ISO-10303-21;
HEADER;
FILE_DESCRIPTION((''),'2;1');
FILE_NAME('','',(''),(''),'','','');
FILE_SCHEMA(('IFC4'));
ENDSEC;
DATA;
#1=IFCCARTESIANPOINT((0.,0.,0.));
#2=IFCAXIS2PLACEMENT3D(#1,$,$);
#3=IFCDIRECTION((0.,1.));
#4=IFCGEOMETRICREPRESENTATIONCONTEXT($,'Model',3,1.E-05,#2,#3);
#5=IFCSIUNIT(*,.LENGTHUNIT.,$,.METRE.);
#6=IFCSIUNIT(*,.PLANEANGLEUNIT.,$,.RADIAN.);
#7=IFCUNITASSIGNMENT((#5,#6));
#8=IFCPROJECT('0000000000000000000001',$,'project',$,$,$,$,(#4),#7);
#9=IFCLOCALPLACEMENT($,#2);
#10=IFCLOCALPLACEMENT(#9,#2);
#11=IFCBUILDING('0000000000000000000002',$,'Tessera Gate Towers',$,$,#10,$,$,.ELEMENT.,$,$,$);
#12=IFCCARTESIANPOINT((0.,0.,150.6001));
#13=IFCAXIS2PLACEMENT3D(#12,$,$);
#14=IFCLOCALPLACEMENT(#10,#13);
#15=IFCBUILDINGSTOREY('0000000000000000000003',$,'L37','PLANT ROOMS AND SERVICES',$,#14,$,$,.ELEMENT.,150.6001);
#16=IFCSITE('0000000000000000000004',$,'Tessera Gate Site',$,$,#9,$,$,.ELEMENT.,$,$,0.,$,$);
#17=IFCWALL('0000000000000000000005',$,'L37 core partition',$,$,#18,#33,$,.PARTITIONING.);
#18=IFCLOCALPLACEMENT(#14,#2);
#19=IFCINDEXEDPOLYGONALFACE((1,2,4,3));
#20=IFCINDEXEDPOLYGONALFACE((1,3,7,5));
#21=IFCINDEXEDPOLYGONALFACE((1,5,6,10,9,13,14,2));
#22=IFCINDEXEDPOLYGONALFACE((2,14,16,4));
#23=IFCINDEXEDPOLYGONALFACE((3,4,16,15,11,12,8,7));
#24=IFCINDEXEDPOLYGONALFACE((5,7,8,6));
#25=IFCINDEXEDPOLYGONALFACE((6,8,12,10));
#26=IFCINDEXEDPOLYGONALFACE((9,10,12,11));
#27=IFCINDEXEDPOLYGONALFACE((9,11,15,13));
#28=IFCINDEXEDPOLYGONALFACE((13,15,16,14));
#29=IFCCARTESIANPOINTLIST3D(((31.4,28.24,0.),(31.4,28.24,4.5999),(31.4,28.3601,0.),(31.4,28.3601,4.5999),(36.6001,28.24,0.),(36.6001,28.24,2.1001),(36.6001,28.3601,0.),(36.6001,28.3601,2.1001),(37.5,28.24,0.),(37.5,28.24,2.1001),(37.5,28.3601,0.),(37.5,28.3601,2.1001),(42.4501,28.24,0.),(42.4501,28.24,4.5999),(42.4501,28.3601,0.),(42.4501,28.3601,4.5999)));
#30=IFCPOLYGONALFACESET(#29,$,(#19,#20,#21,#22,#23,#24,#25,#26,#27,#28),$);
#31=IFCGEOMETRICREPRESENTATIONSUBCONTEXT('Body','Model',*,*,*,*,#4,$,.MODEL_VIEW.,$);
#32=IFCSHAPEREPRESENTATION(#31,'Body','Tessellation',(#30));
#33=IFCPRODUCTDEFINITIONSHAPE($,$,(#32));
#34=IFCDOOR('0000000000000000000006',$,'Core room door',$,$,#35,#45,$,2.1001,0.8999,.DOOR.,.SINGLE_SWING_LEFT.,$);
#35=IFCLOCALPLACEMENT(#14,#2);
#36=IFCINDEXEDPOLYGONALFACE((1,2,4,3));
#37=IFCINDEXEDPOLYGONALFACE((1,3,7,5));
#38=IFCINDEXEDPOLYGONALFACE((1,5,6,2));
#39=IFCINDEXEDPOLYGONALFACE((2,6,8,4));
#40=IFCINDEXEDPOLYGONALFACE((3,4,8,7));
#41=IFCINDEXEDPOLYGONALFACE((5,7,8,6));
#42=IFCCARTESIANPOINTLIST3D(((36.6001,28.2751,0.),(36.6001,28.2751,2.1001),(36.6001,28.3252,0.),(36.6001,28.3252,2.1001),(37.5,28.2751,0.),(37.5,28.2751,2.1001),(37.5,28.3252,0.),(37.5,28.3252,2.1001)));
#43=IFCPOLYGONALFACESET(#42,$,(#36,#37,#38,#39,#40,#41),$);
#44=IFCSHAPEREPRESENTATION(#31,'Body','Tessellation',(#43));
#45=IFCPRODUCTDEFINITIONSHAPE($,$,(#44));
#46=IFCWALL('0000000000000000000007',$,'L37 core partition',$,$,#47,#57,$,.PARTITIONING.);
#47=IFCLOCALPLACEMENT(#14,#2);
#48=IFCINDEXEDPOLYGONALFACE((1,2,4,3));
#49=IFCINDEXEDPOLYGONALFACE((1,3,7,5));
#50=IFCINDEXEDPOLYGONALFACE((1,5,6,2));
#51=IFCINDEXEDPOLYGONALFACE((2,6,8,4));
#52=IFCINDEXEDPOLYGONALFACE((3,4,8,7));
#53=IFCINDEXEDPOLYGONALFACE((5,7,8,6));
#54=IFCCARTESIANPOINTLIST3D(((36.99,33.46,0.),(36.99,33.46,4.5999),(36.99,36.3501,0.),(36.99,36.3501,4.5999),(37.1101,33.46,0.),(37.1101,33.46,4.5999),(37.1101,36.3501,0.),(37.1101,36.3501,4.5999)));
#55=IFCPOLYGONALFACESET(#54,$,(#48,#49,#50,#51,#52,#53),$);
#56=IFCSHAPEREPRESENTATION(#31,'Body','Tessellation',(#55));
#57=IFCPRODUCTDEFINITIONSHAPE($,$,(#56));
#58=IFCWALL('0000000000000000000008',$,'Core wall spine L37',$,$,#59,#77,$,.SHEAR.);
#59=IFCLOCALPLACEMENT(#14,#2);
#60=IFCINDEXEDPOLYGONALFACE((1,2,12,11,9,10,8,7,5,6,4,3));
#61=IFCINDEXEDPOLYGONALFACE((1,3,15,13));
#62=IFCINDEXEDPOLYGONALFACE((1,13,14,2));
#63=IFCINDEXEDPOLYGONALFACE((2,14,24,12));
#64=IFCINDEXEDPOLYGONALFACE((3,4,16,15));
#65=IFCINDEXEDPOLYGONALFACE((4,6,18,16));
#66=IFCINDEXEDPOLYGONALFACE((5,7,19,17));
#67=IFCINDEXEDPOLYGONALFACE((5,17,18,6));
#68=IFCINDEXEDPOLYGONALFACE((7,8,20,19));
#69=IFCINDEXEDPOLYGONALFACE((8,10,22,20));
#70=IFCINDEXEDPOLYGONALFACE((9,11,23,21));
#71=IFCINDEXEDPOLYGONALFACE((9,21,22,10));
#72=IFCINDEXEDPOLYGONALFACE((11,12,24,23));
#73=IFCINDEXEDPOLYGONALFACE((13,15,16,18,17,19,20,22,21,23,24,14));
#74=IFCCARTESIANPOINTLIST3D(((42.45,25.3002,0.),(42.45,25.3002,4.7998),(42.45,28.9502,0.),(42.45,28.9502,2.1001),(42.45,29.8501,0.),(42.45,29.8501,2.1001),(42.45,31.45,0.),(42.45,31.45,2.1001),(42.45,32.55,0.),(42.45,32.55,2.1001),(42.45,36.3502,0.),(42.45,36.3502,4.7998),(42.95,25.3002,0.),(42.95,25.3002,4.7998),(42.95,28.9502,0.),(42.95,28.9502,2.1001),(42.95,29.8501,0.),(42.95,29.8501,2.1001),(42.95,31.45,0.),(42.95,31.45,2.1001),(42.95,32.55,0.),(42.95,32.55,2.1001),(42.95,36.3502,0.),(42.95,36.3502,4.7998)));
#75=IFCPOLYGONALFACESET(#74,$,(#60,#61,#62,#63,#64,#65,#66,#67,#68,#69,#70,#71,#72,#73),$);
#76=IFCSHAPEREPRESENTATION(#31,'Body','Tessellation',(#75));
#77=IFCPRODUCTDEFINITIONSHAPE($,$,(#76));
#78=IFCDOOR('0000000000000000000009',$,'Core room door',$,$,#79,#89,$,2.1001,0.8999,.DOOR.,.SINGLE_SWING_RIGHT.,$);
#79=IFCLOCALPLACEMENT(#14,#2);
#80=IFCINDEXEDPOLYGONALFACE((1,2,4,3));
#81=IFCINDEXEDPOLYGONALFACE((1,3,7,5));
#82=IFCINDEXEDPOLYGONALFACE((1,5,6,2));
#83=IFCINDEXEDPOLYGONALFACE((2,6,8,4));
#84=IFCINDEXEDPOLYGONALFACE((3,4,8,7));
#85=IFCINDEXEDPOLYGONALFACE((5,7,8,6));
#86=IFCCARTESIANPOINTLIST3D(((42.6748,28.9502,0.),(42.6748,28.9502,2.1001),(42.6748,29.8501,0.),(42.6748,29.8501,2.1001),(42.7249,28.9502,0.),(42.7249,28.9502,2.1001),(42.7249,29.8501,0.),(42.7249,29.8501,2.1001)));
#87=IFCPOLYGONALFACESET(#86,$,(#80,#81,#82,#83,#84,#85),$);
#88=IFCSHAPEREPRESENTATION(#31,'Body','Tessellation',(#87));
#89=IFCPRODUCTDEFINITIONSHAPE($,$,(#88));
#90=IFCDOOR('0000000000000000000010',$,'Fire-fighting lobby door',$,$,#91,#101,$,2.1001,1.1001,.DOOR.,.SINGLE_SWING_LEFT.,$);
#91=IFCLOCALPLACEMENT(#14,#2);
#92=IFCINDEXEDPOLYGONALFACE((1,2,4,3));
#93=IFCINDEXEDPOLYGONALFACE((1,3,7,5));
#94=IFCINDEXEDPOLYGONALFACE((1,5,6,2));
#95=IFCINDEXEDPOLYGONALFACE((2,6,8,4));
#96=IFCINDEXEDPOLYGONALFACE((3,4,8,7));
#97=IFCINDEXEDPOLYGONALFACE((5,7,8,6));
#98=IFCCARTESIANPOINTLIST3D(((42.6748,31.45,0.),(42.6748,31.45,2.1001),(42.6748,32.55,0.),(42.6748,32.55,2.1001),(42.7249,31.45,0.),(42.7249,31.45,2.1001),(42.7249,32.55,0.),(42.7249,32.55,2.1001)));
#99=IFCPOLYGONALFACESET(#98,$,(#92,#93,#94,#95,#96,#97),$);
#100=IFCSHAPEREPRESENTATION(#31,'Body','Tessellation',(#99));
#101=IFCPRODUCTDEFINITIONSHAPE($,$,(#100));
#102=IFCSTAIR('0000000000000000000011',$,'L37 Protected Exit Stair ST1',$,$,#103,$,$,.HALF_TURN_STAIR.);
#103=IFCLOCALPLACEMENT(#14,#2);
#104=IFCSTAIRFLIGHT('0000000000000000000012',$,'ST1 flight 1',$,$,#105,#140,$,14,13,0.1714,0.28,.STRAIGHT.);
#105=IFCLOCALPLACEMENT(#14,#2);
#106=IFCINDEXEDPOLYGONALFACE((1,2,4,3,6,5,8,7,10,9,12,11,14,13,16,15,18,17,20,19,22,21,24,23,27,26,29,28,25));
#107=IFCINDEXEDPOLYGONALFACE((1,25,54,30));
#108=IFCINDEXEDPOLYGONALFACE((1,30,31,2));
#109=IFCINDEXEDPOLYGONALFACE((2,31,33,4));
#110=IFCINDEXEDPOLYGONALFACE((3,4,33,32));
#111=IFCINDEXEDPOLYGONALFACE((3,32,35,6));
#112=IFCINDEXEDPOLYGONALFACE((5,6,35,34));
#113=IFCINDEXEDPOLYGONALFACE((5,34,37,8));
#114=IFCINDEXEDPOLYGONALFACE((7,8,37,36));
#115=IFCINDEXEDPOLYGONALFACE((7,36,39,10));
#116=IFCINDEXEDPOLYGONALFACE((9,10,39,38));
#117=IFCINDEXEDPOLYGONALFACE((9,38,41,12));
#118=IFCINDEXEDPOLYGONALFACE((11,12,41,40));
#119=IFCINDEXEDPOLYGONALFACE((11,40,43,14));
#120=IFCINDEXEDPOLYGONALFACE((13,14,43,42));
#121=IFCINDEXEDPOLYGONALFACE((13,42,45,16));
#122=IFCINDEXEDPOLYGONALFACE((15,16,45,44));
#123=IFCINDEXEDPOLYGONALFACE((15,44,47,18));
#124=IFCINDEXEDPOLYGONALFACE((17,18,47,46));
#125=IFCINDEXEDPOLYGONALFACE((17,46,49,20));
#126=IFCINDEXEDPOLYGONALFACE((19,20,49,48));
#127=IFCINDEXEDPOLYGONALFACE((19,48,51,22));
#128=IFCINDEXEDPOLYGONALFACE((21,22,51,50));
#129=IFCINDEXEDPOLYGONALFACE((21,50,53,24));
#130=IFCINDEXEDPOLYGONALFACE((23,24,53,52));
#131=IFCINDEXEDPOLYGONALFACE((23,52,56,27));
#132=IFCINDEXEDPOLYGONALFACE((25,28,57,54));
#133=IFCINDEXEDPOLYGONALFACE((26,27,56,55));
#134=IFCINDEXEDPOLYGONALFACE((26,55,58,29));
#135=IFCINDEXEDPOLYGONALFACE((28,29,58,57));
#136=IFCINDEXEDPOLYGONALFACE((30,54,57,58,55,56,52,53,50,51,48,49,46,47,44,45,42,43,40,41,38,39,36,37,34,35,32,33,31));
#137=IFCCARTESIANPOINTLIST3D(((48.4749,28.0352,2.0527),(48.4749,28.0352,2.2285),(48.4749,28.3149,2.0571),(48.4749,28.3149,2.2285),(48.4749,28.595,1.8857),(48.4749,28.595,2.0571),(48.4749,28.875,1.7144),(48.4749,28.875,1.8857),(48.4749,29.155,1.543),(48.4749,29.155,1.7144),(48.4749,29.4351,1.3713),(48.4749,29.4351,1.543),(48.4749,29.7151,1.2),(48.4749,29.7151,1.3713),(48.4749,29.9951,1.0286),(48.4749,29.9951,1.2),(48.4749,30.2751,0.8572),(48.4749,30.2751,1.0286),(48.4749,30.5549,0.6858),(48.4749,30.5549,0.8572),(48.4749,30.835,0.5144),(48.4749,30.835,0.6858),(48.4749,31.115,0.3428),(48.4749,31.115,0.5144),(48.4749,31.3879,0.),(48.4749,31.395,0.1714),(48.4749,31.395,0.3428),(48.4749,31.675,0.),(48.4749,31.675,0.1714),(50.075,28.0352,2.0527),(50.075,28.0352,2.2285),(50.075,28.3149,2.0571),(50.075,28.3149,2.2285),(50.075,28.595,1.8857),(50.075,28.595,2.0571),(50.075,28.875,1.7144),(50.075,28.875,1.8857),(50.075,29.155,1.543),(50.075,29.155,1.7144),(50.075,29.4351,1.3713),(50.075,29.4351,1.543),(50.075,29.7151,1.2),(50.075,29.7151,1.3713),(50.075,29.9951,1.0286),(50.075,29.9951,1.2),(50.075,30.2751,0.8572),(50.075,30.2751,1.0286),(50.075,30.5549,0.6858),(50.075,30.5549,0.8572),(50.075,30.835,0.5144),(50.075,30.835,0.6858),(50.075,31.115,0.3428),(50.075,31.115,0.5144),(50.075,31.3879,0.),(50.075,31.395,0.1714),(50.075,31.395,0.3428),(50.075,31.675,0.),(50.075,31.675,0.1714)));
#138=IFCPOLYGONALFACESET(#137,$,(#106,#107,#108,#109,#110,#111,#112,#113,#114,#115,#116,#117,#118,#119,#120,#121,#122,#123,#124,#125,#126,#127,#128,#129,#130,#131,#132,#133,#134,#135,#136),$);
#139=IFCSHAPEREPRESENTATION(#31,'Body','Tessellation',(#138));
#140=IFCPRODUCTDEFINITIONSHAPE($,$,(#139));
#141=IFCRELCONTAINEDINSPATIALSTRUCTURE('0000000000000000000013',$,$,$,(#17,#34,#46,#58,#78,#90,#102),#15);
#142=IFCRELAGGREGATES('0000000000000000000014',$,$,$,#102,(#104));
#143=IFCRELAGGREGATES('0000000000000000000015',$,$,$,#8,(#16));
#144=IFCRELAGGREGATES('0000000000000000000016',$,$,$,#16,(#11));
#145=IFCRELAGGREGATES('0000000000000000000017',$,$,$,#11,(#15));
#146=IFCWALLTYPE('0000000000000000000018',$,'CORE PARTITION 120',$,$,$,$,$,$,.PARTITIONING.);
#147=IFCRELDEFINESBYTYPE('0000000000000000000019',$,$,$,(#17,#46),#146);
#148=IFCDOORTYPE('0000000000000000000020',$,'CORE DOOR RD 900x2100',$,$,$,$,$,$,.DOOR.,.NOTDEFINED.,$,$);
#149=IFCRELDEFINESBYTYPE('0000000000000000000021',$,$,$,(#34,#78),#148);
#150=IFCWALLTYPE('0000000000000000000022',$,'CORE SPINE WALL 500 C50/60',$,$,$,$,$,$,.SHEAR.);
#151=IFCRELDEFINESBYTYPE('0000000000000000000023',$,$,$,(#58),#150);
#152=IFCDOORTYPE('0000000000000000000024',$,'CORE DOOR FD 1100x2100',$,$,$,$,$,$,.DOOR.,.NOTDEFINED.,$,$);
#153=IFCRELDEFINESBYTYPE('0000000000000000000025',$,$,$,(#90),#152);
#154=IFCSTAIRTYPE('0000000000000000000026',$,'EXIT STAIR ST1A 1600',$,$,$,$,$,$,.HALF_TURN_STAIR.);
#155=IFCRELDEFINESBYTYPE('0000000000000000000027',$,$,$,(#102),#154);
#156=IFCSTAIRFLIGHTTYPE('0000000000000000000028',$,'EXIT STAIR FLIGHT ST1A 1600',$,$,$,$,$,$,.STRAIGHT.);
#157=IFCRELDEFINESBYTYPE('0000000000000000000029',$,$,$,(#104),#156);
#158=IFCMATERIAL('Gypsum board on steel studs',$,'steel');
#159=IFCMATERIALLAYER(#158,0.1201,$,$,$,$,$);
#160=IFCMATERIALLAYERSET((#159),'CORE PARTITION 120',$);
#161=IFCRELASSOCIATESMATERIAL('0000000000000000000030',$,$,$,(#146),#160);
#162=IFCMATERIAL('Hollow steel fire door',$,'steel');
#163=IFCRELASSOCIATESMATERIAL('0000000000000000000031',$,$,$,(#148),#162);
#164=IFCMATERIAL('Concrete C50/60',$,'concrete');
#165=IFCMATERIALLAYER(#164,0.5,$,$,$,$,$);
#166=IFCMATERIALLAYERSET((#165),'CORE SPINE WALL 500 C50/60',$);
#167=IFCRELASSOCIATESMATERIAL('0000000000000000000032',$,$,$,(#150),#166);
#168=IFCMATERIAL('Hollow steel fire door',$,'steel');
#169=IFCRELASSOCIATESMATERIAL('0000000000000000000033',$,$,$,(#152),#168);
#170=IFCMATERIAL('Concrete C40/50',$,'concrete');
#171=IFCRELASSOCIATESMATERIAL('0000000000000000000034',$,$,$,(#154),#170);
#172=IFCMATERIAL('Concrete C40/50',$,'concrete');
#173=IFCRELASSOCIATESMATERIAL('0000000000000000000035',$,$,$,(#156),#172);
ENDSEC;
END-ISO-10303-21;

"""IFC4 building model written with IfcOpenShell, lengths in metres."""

from ifc_helpers import new_model, si_unit, direction, frame, frame_2d, origin, place, context, subcontext, project, spatial, polyline, rectangle, outline, extrude, source, transform, mapped, material, layer, layer_set, type_object, element, fill, aggregate, save


model = new_model("IFC4")

# Units and contexts
model_context = context("Model", 3, precision=1e-05, world=origin(), true_north=direction((0.0, 1.0)))
body_context = subcontext(model_context, "Body", "Model", "MODEL_VIEW")
ifc_project = project(units=[si_unit("LENGTHUNIT", "METRE"), si_unit("PLANEANGLEUNIT", "RADIAN")], contexts=[model_context])

# Site, building, storey
site_placement = place(None, origin())
site = spatial("IfcSite", under=ifc_project, at=site_placement, Name="Tessera Gate Site", CompositionType="ELEMENT", RefElevation=0.0)
building_placement = place(site_placement, origin())
building = spatial("IfcBuilding", under=site, at=building_placement, Name="Tessera Gate Towers", CompositionType="ELEMENT")
storey_placement = place(building_placement, frame((0.0, 0.0, 150.6001)))
storey = spatial("IfcBuildingStorey", under=building, at=storey_placement, Name="L37", Description="PLANT ROOMS AND SERVICES", CompositionType="ELEMENT", Elevation=150.6001)

# Wall, opening, door
ifc_material_1 = material(Name="Gypsum board on steel studs", Category="steel")
ifc_layer_1 = layer(ifc_material_1, 0.1201)
ifc_layer_set_1 = layer_set([ifc_layer_1], Name="CORE PARTITION 120")
wall_type_1 = type_object("IfcWallType", Name="CORE PARTITION 120", PredefinedType="PARTITIONING", material=ifc_layer_set_1)
wall_1_placement = place(storey_placement, frame((42.45, 28.3, 0.0), z_axis=(0.0, 0.0, 1.0), x_axis=(-1.0, 0.0, 0.0)))
wall_1 = element("IfcWall", 1, at=wall_1_placement, inside=storey, type_object=wall_type_1, Name="L37 core partition", PredefinedType="PARTITIONING", context=body_context, shape_type="SweptSolid", body=[
    extrude(rectangle(XDim=11.05, YDim=0.1201, at=frame_2d((5.5249, 0.0))), origin(), (0.0, 0.0, 1.0), 4.5999),
])
shared_shape_1 = source(origin(), body_context, "Body", "SweptSolid", [
    extrude(rectangle(XDim=0.8999, YDim=2.1001, at=frame_2d((0.45, 1.05))), frame((0.0, 0.0701, 0.0), z_axis=(0.0, -1.0, 0.0), x_axis=(1.0, 0.0, 0.0)), (0.0, 0.0, 1.0), 0.1401),
])
opening_1_placement = place(wall_1_placement, frame((4.95, 0.0, 0.0)))
opening_1 = element("IfcOpeningElement", 2, at=opening_1_placement, cuts=wall_1, PredefinedType="OPENING", context=body_context, shape_type="MappedRepresentation", body=[
    mapped(shared_shape_1, transform((0.0, 0.0, 0.0), scale=1.0)),
])
ifc_material_2 = material(Name="Hollow steel fire door", Category="steel")
door_type_1 = type_object("IfcDoorType", Name="CORE DOOR RD 900x2100", OperationType="NOTDEFINED", PredefinedType="DOOR", material=ifc_material_2)
shared_shape_2 = source(origin(), body_context, "Body", "SweptSolid", [
    extrude(rectangle(XDim=0.8999, YDim=2.1001, at=frame_2d((0.45, 1.05))), frame((0.0, 0.0249, 0.0), z_axis=(0.0, -1.0, 0.0), x_axis=(1.0, 0.0, 0.0)), (0.0, 0.0, 1.0), 0.05),
])
door_1_placement = place(opening_1_placement, origin())
door_1 = element("IfcDoor", 3, at=door_1_placement, inside=storey, type_object=door_type_1, Name="Core room door", OperationType="SINGLE_SWING_LEFT", OverallHeight=2.1001, OverallWidth=0.8999, PredefinedType="DOOR", context=body_context, shape_type="MappedRepresentation", body=[
    mapped(shared_shape_2, transform((0.0, 0.0, 0.0), scale=1.0)),
])
fill(opening_1, door_1)

# Wall
wall_2_placement = place(storey_placement, frame((37.05, 33.46, 0.0), z_axis=(0.0, 0.0, 1.0), x_axis=(0.0, 1.0, 0.0)))
element("IfcWall", 4, at=wall_2_placement, inside=storey, type_object=wall_type_1, Name="L37 core partition", PredefinedType="PARTITIONING", context=body_context, shape_type="SweptSolid", body=[
    extrude(rectangle(XDim=2.8901, YDim=0.1201, at=frame_2d((1.4451, 0.0))), origin(), (0.0, 0.0, 1.0), 4.5999),
])

# Wall, openings, doors
ifc_material_3 = material(Name="Concrete C50/60", Category="concrete")
ifc_layer_2 = layer(ifc_material_3, 0.5)
ifc_layer_set_2 = layer_set([ifc_layer_2], Name="CORE SPINE WALL 500 C50/60")
wall_type_2 = type_object("IfcWallType", Name="CORE SPINE WALL 500 C50/60", PredefinedType="SHEAR", material=ifc_layer_set_2)
wall_3_placement = place(storey_placement, frame((42.7, 36.3501, 0.0), z_axis=(0.0, 0.0, 1.0), x_axis=(0.0, -1.0, 0.0)))
wall_3 = element("IfcWall", 5, at=wall_3_placement, inside=storey, type_object=wall_type_2, Name="Core wall spine L37", PredefinedType="SHEAR", context=body_context, shape_type="SweptSolid", body=[
    extrude(rectangle(XDim=11.05, YDim=0.5, at=frame_2d((5.5249, 0.0))), origin(), (0.0, 0.0, 1.0), 4.7998),
])
shared_shape_3 = source(origin(), body_context, "Body", "SweptSolid", [
    extrude(rectangle(XDim=0.8999, YDim=2.1001, at=frame_2d((0.45, 1.05))), frame((0.0, 0.26, 0.0), z_axis=(0.0, -1.0, 0.0), x_axis=(1.0, 0.0, 0.0)), (0.0, 0.0, 1.0), 0.52),
])
opening_2_placement = place(wall_3_placement, frame((6.5, 0.0, 0.0)))
opening_2 = element("IfcOpeningElement", 6, at=opening_2_placement, cuts=wall_3, PredefinedType="OPENING", context=body_context, shape_type="MappedRepresentation", body=[
    mapped(shared_shape_3, transform((0.0, 0.0, 0.0), scale=1.0)),
])
shared_shape_4 = source(origin(), body_context, "Body", "SweptSolid", [
    extrude(rectangle(XDim=1.1001, YDim=2.1001, at=frame_2d((0.55, 1.05))), frame((0.0, 0.26, 0.0), z_axis=(0.0, -1.0, 0.0), x_axis=(1.0, 0.0, 0.0)), (0.0, 0.0, 1.0), 0.52),
])
opening_3_placement = place(wall_3_placement, frame((3.8, 0.0, 0.0)))
opening_3 = element("IfcOpeningElement", 7, at=opening_3_placement, cuts=wall_3, PredefinedType="OPENING", context=body_context, shape_type="MappedRepresentation", body=[
    mapped(shared_shape_4, transform((0.0, 0.0, 0.0), scale=1.0)),
])
door_2_placement = place(opening_2_placement, origin())
door_2 = element("IfcDoor", 8, at=door_2_placement, inside=storey, type_object=door_type_1, Name="Core room door", OperationType="SINGLE_SWING_RIGHT", OverallHeight=2.1001, OverallWidth=0.8999, PredefinedType="DOOR", context=body_context, shape_type="MappedRepresentation", body=[
    mapped(shared_shape_2, transform((0.0, 0.0, 0.0), scale=1.0)),
])
fill(opening_2, door_2)
ifc_material_4 = material(Name="Hollow steel fire door", Category="steel")
door_type_2 = type_object("IfcDoorType", Name="CORE DOOR FD 1100x2100", OperationType="NOTDEFINED", PredefinedType="DOOR", material=ifc_material_4)
shared_shape_5 = source(origin(), body_context, "Body", "SweptSolid", [
    extrude(rectangle(XDim=1.1001, YDim=2.1001, at=frame_2d((0.55, 1.05))), frame((0.0, 0.0249, 0.0), z_axis=(0.0, -1.0, 0.0), x_axis=(1.0, 0.0, 0.0)), (0.0, 0.0, 1.0), 0.05),
])
door_3_placement = place(opening_3_placement, origin())
door_3 = element("IfcDoor", 9, at=door_3_placement, inside=storey, type_object=door_type_2, Name="Fire-fighting lobby door", OperationType="SINGLE_SWING_LEFT", OverallHeight=2.1001, OverallWidth=1.1001, PredefinedType="DOOR", context=body_context, shape_type="MappedRepresentation", body=[
    mapped(shared_shape_5, transform((0.0, 0.0, 0.0), scale=1.0)),
])
fill(opening_3, door_3)

# Stair, stair flight
ifc_material_5 = material(Name="Concrete C40/50", Category="concrete")
stair_type = type_object("IfcStairType", Name="EXIT STAIR ST1A 1600", PredefinedType="HALF_TURN_STAIR", material=ifc_material_5)
stair_placement = place(storey_placement, origin())
stair = element("IfcStair", 10, at=stair_placement, inside=storey, type_object=stair_type, Name="L37 Protected Exit Stair ST1", PredefinedType="HALF_TURN_STAIR")
ifc_material_6 = material(Name="Concrete C40/50", Category="concrete")
stair_flight_type = type_object("IfcStairFlightType", Name="EXIT STAIR FLIGHT ST1A 1600", PredefinedType="STRAIGHT", material=ifc_material_6)
stair_flight_1_placement = place(storey_placement, frame((49.2749, 31.675, 0.0), z_axis=(0.0, 0.0, 1.0), x_axis=(0.0, -1.0, 0.0)))
stair_flight_1 = element("IfcStairFlight", 11, at=stair_flight_1_placement, type_object=stair_flight_type, Name="ST1 flight 1", NumberOfRisers=14, NumberOfTreads=13, PredefinedType="STRAIGHT", RiserHeight=0.1714, TreadLength=0.28, context=body_context, shape_type="SweptSolid", body=[
    extrude(outline(polyline([(0.0, 0.0), (0.0, 0.1714), (0.28, 0.1714), (0.28, 0.3428), (0.5601, 0.3428), (0.5601, 0.5144), (0.8401, 0.5144), (0.8401, 0.6858), (1.1201, 0.6858), (1.1201, 0.8572), (1.3999, 0.8572), (1.3999, 1.0286), (1.6799, 1.0286), (1.6799, 1.2), (1.96, 1.2), (1.96, 1.3713), (2.24, 1.3713), (2.24, 1.543), (2.52, 1.543), (2.52, 1.7144), (2.8, 1.7144), (2.8, 1.8857), (3.0801, 1.8857), (3.0801, 2.0571), (3.3601, 2.0571), (3.3601, 2.2285), (3.6399, 2.2285), (3.6399, 2.3999), (3.6399, 2.0527), (0.2871, 0.0), (0.0, 0.0)])), frame((0.0, 0.8, 0.0), z_axis=(0.0, -1.0, 0.0), x_axis=(1.0, 0.0, 0.0)), (0.0, 0.0, 1.0), 1.6001),
])
aggregate(stair, [stair_flight_1])

save(model, "model.ifc")
